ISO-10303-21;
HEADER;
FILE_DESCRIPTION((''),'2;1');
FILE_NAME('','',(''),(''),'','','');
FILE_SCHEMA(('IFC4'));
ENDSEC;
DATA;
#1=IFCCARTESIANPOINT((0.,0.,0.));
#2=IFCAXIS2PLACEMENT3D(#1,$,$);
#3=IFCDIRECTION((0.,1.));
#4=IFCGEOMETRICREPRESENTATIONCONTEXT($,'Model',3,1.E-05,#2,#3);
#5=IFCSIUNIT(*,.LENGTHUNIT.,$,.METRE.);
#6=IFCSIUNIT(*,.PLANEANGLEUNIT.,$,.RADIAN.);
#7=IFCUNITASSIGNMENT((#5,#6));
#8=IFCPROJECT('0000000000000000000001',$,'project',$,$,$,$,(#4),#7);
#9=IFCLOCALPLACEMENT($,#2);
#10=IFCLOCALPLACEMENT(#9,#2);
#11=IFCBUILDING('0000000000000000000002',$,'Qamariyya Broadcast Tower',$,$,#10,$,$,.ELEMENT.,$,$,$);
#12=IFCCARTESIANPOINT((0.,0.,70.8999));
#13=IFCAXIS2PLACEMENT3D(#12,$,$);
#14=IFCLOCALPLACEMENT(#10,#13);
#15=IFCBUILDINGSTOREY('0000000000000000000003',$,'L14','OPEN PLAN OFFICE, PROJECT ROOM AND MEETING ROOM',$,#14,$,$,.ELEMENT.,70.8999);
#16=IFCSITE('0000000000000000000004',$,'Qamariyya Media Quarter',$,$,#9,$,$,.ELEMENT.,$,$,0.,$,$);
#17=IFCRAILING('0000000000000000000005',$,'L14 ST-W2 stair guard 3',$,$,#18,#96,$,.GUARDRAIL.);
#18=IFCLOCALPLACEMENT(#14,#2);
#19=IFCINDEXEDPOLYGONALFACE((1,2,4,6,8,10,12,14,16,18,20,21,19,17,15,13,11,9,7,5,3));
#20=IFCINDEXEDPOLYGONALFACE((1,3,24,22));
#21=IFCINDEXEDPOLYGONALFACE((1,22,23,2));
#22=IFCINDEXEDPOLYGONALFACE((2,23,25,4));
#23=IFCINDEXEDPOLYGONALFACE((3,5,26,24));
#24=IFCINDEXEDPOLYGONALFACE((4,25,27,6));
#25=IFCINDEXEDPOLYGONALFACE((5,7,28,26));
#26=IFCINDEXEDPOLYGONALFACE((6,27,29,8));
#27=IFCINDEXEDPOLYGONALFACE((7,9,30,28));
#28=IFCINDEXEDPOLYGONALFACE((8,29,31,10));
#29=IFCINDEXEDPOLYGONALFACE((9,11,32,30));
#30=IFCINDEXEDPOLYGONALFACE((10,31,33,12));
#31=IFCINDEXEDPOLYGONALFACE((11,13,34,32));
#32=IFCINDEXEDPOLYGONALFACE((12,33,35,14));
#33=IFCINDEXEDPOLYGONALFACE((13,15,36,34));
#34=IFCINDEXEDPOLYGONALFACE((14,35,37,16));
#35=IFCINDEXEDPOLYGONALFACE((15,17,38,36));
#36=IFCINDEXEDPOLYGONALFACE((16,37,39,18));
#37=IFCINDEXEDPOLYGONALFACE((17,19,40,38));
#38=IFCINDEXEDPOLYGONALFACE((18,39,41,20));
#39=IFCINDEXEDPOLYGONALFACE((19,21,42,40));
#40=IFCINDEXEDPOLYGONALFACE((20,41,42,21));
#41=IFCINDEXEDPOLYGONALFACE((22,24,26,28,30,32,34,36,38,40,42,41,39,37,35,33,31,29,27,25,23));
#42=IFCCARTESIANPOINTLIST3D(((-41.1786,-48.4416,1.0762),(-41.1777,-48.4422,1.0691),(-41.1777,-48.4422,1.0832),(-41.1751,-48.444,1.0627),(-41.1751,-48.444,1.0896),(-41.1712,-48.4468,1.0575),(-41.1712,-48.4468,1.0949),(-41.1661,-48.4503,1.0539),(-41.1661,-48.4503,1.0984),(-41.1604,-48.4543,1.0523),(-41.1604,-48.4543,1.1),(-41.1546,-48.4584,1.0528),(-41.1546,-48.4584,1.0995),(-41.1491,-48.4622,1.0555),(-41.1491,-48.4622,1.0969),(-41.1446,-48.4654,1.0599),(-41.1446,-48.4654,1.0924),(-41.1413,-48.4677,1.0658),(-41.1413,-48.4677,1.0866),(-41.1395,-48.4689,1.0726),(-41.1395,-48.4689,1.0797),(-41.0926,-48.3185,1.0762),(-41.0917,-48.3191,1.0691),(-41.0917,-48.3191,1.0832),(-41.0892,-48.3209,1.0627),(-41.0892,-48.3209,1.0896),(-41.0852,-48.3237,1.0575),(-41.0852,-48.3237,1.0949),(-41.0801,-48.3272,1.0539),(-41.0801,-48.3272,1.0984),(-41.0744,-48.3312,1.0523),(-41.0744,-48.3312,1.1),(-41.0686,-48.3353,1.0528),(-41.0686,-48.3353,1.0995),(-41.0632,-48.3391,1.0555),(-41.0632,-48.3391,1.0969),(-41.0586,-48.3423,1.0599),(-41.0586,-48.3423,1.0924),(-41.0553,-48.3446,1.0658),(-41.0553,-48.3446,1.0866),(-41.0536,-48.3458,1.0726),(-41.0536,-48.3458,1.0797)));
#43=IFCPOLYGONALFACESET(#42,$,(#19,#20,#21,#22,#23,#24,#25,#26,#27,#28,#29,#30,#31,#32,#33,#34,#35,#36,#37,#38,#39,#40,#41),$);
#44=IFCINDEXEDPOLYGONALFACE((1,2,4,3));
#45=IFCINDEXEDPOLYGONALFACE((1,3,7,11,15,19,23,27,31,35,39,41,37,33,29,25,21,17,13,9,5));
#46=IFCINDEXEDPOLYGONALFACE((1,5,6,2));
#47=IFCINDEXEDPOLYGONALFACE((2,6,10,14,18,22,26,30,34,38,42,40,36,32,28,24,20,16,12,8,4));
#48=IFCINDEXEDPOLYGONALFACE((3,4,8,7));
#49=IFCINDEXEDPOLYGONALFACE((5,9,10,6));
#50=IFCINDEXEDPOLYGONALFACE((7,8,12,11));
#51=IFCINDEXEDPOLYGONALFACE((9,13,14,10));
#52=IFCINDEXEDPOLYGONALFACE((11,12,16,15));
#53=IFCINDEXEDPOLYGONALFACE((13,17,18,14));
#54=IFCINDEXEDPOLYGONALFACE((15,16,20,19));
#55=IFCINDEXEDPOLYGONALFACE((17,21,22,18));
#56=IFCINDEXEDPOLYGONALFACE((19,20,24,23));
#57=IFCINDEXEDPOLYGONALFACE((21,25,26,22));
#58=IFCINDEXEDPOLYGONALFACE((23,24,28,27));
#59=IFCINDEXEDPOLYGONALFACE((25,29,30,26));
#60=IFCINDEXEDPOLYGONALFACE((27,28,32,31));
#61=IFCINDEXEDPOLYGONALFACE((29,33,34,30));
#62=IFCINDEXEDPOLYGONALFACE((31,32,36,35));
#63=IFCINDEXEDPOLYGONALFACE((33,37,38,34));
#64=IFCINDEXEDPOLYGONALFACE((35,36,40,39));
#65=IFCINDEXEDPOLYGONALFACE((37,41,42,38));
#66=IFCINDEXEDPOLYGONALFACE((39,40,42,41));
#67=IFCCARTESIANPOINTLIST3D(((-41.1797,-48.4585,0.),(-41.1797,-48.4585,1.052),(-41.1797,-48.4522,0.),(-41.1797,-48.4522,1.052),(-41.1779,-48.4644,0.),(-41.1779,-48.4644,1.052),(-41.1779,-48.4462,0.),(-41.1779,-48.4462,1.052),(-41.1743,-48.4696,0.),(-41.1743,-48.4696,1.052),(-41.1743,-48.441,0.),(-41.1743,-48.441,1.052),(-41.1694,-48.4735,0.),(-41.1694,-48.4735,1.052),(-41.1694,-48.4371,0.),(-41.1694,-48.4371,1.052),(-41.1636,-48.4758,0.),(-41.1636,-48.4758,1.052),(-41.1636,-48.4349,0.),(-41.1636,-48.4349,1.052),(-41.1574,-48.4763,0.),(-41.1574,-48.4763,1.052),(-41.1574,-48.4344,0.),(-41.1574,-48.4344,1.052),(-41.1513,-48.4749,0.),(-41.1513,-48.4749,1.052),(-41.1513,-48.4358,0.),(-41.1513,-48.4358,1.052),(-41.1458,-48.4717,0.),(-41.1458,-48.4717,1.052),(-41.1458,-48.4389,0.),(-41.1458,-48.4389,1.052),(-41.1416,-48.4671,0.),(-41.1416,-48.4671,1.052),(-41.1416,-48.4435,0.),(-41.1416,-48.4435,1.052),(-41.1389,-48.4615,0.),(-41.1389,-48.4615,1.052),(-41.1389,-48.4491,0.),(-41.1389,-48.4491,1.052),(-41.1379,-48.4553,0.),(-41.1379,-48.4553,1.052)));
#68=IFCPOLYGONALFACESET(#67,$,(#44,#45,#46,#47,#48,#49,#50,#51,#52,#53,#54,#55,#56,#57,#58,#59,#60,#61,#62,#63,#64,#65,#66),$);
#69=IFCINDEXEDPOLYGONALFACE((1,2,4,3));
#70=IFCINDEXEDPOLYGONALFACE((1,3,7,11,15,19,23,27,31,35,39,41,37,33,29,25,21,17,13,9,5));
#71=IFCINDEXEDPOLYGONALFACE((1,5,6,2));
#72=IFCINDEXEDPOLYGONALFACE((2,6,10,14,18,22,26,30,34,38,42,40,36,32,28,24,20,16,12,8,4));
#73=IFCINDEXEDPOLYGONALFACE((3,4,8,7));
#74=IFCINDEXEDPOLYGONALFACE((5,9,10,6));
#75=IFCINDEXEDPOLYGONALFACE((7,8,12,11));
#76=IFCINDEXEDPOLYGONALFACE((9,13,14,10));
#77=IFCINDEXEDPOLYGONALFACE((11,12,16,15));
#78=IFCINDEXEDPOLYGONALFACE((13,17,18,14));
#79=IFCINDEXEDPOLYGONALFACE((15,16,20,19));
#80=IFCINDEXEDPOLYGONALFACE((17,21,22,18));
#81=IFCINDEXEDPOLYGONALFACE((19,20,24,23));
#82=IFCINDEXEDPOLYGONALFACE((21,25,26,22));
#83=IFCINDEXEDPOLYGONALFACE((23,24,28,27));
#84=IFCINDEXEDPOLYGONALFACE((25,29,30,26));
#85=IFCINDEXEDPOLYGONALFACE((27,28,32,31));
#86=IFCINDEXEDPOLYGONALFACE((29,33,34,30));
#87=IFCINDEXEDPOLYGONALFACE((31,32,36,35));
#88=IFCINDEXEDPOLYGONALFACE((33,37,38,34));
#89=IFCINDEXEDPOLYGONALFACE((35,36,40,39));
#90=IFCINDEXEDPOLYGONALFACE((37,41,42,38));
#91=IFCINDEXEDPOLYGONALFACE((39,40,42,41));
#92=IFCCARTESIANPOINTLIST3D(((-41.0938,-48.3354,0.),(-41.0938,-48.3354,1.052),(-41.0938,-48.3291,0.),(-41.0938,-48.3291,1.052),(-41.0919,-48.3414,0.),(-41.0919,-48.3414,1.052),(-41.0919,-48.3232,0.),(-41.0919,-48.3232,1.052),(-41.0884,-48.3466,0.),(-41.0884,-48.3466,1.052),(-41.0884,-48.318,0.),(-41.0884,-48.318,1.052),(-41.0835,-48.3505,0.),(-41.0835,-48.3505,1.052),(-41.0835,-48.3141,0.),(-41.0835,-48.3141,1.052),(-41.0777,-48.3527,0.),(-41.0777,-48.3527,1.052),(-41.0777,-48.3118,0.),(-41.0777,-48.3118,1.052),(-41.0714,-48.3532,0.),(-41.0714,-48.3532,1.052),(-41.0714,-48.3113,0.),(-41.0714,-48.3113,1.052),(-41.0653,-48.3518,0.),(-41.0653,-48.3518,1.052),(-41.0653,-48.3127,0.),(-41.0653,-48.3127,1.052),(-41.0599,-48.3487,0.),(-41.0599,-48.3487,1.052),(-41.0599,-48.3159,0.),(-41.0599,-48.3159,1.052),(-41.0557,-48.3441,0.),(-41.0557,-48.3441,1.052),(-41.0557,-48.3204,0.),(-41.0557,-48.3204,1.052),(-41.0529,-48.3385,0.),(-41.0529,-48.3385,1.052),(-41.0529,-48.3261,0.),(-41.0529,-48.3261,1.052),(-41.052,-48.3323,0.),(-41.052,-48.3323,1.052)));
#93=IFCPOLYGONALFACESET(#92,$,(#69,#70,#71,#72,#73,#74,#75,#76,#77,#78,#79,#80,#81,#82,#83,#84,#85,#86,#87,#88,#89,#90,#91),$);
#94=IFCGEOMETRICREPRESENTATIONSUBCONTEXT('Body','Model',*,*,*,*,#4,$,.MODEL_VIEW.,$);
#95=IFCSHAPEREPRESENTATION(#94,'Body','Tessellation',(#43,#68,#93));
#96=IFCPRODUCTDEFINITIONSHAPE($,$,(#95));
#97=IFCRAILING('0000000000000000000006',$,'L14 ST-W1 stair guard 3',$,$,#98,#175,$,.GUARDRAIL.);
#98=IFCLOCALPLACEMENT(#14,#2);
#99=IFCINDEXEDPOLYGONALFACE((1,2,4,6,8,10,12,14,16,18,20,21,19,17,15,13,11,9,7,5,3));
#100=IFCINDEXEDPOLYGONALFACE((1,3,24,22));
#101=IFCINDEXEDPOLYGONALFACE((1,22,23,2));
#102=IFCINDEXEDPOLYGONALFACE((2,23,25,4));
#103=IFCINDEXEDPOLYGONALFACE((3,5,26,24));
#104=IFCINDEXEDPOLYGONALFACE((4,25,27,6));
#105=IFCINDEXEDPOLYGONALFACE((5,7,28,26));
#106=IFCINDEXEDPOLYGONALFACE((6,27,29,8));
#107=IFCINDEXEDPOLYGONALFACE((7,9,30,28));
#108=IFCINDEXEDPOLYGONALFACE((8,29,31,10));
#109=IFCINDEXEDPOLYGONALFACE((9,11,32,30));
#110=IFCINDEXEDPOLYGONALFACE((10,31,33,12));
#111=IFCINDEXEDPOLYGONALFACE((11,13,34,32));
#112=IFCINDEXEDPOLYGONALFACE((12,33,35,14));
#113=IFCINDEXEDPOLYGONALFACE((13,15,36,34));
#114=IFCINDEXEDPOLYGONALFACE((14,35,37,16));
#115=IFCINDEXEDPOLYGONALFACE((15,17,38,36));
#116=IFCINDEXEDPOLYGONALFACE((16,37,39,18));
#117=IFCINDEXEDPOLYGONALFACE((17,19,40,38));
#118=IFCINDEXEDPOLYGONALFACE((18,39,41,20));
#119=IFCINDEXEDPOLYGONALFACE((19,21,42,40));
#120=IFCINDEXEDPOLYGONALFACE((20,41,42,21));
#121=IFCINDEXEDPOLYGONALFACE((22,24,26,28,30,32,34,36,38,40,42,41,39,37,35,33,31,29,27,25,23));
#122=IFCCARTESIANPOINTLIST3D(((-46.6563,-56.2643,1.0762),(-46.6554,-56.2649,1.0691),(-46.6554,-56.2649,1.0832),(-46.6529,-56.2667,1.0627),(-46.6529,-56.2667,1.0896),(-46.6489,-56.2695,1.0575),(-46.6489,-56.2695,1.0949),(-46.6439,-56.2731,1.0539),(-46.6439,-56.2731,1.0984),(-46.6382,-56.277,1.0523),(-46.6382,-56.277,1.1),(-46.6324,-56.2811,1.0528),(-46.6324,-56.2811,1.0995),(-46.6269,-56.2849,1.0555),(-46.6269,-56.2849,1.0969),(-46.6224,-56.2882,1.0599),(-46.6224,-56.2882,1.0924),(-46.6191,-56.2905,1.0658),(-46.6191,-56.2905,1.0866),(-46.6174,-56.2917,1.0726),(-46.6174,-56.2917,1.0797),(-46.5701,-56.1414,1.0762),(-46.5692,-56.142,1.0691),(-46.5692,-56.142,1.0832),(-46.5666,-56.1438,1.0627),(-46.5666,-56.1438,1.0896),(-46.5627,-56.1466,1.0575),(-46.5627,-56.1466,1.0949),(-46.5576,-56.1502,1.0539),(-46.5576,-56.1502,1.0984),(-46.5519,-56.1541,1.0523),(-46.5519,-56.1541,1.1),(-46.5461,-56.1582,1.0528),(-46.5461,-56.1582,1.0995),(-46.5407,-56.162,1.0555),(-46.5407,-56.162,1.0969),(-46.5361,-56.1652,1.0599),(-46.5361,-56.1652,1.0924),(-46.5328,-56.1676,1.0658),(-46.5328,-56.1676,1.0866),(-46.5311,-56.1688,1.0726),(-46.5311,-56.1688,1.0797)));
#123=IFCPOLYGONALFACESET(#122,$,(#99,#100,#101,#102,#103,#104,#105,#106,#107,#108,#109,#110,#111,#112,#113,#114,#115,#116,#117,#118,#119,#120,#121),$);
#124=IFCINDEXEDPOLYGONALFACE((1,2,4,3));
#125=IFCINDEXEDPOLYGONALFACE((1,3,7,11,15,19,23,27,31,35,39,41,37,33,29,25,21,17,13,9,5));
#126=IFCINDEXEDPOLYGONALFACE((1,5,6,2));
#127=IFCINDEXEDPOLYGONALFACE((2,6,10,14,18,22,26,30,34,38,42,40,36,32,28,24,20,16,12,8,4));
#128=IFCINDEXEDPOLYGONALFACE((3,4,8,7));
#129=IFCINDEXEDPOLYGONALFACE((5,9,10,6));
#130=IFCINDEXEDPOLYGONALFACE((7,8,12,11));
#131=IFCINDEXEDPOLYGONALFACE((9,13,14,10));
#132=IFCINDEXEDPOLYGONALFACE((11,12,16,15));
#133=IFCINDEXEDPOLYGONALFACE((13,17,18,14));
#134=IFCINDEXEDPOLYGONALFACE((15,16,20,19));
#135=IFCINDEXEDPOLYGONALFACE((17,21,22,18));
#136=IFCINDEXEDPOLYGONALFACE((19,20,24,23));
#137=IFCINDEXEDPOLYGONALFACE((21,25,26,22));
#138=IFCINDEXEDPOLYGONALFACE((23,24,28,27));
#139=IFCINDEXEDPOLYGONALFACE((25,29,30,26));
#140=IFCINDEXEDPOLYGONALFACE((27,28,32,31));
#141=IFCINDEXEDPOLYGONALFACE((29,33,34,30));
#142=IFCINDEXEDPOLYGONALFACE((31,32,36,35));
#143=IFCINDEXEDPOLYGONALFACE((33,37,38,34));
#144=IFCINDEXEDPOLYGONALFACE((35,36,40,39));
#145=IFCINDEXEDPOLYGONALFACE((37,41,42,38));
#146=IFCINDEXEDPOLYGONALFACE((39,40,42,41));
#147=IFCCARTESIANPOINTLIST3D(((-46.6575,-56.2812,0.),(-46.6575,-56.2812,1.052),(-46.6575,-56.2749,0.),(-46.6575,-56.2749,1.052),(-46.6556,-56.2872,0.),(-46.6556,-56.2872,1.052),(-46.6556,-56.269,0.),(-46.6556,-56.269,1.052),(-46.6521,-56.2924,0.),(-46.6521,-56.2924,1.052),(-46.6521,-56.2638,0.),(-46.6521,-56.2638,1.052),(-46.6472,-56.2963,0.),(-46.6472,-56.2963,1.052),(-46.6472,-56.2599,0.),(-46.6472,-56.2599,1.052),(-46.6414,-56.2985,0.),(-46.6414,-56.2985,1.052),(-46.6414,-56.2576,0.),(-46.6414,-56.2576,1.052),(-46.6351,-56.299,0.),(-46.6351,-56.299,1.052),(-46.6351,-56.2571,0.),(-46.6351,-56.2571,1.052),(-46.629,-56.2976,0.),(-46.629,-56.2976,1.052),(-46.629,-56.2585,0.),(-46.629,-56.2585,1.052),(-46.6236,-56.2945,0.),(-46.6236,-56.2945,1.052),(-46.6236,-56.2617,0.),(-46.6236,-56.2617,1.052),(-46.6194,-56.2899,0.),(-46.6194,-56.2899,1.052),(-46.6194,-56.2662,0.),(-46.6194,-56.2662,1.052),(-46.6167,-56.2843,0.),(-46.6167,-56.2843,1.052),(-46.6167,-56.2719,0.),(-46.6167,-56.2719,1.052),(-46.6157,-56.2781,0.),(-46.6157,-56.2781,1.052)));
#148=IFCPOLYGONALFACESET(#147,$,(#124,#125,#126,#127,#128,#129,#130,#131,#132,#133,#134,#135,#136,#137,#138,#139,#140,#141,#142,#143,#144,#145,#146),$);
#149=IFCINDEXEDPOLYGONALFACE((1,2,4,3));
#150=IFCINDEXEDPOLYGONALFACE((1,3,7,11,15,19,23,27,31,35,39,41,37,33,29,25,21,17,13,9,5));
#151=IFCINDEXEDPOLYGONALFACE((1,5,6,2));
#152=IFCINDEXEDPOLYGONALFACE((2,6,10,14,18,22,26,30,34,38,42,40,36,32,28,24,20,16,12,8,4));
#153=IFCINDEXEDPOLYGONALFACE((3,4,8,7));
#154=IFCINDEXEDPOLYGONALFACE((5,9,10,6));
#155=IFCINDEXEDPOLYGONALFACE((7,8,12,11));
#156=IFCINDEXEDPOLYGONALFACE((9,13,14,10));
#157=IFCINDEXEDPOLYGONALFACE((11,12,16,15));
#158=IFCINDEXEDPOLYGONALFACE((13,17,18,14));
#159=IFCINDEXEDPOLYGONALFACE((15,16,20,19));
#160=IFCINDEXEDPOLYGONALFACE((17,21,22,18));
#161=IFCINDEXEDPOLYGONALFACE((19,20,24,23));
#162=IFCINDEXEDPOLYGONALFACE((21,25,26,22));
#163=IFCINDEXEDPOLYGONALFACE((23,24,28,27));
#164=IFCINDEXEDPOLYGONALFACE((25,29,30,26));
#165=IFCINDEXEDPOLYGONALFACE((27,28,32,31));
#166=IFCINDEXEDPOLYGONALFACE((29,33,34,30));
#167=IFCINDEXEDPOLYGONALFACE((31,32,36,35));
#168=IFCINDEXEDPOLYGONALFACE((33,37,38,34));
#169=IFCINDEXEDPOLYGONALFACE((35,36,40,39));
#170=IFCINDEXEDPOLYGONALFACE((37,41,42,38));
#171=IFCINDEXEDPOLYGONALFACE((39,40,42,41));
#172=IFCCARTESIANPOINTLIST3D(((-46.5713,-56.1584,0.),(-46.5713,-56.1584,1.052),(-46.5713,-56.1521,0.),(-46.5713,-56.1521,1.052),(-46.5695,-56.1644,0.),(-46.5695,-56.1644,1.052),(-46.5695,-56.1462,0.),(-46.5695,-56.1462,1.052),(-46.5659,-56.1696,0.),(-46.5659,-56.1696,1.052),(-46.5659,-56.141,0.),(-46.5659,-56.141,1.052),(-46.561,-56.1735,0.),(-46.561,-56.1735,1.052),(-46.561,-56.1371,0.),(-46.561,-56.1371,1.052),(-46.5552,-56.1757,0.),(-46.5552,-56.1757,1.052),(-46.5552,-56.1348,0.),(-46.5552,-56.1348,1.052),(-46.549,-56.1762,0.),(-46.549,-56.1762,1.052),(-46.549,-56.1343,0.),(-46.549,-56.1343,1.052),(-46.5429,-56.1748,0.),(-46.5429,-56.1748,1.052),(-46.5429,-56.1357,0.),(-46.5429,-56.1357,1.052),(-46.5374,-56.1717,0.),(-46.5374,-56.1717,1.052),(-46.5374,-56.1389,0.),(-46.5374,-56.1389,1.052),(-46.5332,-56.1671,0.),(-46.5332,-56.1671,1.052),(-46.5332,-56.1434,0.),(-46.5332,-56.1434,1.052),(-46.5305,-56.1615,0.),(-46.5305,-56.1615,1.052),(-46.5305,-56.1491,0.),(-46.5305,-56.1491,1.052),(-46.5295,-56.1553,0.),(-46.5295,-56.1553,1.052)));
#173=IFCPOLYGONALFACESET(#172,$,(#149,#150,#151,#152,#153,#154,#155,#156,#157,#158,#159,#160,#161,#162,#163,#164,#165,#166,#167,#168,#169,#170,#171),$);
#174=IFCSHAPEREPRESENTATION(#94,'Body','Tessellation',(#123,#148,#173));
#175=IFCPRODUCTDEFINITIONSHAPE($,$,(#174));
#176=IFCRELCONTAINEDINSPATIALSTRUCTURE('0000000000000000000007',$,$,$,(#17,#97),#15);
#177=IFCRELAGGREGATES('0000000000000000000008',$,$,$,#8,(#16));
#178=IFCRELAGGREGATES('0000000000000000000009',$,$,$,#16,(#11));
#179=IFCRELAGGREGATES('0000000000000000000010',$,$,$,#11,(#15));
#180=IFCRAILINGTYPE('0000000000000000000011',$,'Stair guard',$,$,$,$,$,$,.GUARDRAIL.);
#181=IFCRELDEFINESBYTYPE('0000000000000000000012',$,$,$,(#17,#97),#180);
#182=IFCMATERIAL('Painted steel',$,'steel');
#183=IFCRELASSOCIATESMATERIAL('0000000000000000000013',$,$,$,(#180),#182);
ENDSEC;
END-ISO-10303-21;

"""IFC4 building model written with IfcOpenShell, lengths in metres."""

from ifc_helpers import new_model, si_unit, direction, frame, origin, origin_2d, place, context, subcontext, project, spatial, circle, extrude, material, type_object, element, save


model = new_model("IFC4")

# Units and contexts
model_context = context("Model", 3, precision=1e-05, world=origin(), true_north=direction((0.0, 1.0)))
body_context = subcontext(model_context, "Body", "Model", "MODEL_VIEW")
ifc_project = project(units=[si_unit("LENGTHUNIT", "METRE"), si_unit("PLANEANGLEUNIT", "RADIAN")], contexts=[model_context])

# Site, building, storey
site_placement = place(None, origin())
site = spatial("IfcSite", under=ifc_project, at=site_placement, Name="Qamariyya Media Quarter", CompositionType="ELEMENT", RefElevation=0.0)
building_placement = place(site_placement, origin())
building = spatial("IfcBuilding", under=site, at=building_placement, Name="Qamariyya Broadcast Tower", CompositionType="ELEMENT")
storey_placement = place(building_placement, frame((0.0, 0.0, 70.8999)))
storey = spatial("IfcBuildingStorey", under=building, at=storey_placement, Name="L14", Description="OPEN PLAN OFFICE, PROJECT ROOM AND MEETING ROOM", CompositionType="ELEMENT", Elevation=70.8999)

# Railings
ifc_material_1 = material(Name="Painted steel", Category="steel")
railing_type_1 = type_object("IfcRailingType", Name="Stair guard", PredefinedType="GUARDRAIL", material=ifc_material_1)
railing_1_placement = place(storey_placement, frame((-41.1589, -48.4553, 0.0)))
element("IfcRailing", 1, at=railing_1_placement, inside=storey, type_object=railing_type_1, Name="L14 ST-W2 stair guard 3", PredefinedType="GUARDRAIL", context=body_context, shape_type="SweptSolid", body=[
    extrude(circle(Radius=0.0239, at=origin_2d()), frame((0.0, 0.0, 1.0762), z_axis=(0.572589, 0.819843, 0.0), x_axis=(-0.819843, 0.572589, 0.0)), (0.0, 0.0, 1.0), 0.1501),
    extrude(circle(Radius=0.021, at=origin_2d()), origin(), (0.0, 0.0, 1.0), 1.052),
    extrude(circle(Radius=0.021, at=origin_2d()), frame((0.0859, 0.123, 0.0)), (0.0, 0.0, 1.0), 1.052),
])
railing_2_placement = place(storey_placement, frame((-46.6367, -56.2781, 0.0)))
element("IfcRailing", 2, at=railing_2_placement, inside=storey, type_object=railing_type_1, Name="L14 ST-W1 stair guard 3", PredefinedType="GUARDRAIL", context=body_context, shape_type="SweptSolid", body=[
    extrude(circle(Radius=0.0239, at=origin_2d()), frame((0.0, 0.0, 1.0762), z_axis=(0.574445, 0.818543, 0.0), x_axis=(-0.818543, 0.574445, 0.0)), (0.0, 0.0, 1.0), 0.1501),
    extrude(circle(Radius=0.021, at=origin_2d()), origin(), (0.0, 0.0, 1.0), 1.052),
    extrude(circle(Radius=0.021, at=origin_2d()), frame((0.0862, 0.1228, 0.0)), (0.0, 0.0, 1.0), 1.052),
])

save(model, "model.ifc")
